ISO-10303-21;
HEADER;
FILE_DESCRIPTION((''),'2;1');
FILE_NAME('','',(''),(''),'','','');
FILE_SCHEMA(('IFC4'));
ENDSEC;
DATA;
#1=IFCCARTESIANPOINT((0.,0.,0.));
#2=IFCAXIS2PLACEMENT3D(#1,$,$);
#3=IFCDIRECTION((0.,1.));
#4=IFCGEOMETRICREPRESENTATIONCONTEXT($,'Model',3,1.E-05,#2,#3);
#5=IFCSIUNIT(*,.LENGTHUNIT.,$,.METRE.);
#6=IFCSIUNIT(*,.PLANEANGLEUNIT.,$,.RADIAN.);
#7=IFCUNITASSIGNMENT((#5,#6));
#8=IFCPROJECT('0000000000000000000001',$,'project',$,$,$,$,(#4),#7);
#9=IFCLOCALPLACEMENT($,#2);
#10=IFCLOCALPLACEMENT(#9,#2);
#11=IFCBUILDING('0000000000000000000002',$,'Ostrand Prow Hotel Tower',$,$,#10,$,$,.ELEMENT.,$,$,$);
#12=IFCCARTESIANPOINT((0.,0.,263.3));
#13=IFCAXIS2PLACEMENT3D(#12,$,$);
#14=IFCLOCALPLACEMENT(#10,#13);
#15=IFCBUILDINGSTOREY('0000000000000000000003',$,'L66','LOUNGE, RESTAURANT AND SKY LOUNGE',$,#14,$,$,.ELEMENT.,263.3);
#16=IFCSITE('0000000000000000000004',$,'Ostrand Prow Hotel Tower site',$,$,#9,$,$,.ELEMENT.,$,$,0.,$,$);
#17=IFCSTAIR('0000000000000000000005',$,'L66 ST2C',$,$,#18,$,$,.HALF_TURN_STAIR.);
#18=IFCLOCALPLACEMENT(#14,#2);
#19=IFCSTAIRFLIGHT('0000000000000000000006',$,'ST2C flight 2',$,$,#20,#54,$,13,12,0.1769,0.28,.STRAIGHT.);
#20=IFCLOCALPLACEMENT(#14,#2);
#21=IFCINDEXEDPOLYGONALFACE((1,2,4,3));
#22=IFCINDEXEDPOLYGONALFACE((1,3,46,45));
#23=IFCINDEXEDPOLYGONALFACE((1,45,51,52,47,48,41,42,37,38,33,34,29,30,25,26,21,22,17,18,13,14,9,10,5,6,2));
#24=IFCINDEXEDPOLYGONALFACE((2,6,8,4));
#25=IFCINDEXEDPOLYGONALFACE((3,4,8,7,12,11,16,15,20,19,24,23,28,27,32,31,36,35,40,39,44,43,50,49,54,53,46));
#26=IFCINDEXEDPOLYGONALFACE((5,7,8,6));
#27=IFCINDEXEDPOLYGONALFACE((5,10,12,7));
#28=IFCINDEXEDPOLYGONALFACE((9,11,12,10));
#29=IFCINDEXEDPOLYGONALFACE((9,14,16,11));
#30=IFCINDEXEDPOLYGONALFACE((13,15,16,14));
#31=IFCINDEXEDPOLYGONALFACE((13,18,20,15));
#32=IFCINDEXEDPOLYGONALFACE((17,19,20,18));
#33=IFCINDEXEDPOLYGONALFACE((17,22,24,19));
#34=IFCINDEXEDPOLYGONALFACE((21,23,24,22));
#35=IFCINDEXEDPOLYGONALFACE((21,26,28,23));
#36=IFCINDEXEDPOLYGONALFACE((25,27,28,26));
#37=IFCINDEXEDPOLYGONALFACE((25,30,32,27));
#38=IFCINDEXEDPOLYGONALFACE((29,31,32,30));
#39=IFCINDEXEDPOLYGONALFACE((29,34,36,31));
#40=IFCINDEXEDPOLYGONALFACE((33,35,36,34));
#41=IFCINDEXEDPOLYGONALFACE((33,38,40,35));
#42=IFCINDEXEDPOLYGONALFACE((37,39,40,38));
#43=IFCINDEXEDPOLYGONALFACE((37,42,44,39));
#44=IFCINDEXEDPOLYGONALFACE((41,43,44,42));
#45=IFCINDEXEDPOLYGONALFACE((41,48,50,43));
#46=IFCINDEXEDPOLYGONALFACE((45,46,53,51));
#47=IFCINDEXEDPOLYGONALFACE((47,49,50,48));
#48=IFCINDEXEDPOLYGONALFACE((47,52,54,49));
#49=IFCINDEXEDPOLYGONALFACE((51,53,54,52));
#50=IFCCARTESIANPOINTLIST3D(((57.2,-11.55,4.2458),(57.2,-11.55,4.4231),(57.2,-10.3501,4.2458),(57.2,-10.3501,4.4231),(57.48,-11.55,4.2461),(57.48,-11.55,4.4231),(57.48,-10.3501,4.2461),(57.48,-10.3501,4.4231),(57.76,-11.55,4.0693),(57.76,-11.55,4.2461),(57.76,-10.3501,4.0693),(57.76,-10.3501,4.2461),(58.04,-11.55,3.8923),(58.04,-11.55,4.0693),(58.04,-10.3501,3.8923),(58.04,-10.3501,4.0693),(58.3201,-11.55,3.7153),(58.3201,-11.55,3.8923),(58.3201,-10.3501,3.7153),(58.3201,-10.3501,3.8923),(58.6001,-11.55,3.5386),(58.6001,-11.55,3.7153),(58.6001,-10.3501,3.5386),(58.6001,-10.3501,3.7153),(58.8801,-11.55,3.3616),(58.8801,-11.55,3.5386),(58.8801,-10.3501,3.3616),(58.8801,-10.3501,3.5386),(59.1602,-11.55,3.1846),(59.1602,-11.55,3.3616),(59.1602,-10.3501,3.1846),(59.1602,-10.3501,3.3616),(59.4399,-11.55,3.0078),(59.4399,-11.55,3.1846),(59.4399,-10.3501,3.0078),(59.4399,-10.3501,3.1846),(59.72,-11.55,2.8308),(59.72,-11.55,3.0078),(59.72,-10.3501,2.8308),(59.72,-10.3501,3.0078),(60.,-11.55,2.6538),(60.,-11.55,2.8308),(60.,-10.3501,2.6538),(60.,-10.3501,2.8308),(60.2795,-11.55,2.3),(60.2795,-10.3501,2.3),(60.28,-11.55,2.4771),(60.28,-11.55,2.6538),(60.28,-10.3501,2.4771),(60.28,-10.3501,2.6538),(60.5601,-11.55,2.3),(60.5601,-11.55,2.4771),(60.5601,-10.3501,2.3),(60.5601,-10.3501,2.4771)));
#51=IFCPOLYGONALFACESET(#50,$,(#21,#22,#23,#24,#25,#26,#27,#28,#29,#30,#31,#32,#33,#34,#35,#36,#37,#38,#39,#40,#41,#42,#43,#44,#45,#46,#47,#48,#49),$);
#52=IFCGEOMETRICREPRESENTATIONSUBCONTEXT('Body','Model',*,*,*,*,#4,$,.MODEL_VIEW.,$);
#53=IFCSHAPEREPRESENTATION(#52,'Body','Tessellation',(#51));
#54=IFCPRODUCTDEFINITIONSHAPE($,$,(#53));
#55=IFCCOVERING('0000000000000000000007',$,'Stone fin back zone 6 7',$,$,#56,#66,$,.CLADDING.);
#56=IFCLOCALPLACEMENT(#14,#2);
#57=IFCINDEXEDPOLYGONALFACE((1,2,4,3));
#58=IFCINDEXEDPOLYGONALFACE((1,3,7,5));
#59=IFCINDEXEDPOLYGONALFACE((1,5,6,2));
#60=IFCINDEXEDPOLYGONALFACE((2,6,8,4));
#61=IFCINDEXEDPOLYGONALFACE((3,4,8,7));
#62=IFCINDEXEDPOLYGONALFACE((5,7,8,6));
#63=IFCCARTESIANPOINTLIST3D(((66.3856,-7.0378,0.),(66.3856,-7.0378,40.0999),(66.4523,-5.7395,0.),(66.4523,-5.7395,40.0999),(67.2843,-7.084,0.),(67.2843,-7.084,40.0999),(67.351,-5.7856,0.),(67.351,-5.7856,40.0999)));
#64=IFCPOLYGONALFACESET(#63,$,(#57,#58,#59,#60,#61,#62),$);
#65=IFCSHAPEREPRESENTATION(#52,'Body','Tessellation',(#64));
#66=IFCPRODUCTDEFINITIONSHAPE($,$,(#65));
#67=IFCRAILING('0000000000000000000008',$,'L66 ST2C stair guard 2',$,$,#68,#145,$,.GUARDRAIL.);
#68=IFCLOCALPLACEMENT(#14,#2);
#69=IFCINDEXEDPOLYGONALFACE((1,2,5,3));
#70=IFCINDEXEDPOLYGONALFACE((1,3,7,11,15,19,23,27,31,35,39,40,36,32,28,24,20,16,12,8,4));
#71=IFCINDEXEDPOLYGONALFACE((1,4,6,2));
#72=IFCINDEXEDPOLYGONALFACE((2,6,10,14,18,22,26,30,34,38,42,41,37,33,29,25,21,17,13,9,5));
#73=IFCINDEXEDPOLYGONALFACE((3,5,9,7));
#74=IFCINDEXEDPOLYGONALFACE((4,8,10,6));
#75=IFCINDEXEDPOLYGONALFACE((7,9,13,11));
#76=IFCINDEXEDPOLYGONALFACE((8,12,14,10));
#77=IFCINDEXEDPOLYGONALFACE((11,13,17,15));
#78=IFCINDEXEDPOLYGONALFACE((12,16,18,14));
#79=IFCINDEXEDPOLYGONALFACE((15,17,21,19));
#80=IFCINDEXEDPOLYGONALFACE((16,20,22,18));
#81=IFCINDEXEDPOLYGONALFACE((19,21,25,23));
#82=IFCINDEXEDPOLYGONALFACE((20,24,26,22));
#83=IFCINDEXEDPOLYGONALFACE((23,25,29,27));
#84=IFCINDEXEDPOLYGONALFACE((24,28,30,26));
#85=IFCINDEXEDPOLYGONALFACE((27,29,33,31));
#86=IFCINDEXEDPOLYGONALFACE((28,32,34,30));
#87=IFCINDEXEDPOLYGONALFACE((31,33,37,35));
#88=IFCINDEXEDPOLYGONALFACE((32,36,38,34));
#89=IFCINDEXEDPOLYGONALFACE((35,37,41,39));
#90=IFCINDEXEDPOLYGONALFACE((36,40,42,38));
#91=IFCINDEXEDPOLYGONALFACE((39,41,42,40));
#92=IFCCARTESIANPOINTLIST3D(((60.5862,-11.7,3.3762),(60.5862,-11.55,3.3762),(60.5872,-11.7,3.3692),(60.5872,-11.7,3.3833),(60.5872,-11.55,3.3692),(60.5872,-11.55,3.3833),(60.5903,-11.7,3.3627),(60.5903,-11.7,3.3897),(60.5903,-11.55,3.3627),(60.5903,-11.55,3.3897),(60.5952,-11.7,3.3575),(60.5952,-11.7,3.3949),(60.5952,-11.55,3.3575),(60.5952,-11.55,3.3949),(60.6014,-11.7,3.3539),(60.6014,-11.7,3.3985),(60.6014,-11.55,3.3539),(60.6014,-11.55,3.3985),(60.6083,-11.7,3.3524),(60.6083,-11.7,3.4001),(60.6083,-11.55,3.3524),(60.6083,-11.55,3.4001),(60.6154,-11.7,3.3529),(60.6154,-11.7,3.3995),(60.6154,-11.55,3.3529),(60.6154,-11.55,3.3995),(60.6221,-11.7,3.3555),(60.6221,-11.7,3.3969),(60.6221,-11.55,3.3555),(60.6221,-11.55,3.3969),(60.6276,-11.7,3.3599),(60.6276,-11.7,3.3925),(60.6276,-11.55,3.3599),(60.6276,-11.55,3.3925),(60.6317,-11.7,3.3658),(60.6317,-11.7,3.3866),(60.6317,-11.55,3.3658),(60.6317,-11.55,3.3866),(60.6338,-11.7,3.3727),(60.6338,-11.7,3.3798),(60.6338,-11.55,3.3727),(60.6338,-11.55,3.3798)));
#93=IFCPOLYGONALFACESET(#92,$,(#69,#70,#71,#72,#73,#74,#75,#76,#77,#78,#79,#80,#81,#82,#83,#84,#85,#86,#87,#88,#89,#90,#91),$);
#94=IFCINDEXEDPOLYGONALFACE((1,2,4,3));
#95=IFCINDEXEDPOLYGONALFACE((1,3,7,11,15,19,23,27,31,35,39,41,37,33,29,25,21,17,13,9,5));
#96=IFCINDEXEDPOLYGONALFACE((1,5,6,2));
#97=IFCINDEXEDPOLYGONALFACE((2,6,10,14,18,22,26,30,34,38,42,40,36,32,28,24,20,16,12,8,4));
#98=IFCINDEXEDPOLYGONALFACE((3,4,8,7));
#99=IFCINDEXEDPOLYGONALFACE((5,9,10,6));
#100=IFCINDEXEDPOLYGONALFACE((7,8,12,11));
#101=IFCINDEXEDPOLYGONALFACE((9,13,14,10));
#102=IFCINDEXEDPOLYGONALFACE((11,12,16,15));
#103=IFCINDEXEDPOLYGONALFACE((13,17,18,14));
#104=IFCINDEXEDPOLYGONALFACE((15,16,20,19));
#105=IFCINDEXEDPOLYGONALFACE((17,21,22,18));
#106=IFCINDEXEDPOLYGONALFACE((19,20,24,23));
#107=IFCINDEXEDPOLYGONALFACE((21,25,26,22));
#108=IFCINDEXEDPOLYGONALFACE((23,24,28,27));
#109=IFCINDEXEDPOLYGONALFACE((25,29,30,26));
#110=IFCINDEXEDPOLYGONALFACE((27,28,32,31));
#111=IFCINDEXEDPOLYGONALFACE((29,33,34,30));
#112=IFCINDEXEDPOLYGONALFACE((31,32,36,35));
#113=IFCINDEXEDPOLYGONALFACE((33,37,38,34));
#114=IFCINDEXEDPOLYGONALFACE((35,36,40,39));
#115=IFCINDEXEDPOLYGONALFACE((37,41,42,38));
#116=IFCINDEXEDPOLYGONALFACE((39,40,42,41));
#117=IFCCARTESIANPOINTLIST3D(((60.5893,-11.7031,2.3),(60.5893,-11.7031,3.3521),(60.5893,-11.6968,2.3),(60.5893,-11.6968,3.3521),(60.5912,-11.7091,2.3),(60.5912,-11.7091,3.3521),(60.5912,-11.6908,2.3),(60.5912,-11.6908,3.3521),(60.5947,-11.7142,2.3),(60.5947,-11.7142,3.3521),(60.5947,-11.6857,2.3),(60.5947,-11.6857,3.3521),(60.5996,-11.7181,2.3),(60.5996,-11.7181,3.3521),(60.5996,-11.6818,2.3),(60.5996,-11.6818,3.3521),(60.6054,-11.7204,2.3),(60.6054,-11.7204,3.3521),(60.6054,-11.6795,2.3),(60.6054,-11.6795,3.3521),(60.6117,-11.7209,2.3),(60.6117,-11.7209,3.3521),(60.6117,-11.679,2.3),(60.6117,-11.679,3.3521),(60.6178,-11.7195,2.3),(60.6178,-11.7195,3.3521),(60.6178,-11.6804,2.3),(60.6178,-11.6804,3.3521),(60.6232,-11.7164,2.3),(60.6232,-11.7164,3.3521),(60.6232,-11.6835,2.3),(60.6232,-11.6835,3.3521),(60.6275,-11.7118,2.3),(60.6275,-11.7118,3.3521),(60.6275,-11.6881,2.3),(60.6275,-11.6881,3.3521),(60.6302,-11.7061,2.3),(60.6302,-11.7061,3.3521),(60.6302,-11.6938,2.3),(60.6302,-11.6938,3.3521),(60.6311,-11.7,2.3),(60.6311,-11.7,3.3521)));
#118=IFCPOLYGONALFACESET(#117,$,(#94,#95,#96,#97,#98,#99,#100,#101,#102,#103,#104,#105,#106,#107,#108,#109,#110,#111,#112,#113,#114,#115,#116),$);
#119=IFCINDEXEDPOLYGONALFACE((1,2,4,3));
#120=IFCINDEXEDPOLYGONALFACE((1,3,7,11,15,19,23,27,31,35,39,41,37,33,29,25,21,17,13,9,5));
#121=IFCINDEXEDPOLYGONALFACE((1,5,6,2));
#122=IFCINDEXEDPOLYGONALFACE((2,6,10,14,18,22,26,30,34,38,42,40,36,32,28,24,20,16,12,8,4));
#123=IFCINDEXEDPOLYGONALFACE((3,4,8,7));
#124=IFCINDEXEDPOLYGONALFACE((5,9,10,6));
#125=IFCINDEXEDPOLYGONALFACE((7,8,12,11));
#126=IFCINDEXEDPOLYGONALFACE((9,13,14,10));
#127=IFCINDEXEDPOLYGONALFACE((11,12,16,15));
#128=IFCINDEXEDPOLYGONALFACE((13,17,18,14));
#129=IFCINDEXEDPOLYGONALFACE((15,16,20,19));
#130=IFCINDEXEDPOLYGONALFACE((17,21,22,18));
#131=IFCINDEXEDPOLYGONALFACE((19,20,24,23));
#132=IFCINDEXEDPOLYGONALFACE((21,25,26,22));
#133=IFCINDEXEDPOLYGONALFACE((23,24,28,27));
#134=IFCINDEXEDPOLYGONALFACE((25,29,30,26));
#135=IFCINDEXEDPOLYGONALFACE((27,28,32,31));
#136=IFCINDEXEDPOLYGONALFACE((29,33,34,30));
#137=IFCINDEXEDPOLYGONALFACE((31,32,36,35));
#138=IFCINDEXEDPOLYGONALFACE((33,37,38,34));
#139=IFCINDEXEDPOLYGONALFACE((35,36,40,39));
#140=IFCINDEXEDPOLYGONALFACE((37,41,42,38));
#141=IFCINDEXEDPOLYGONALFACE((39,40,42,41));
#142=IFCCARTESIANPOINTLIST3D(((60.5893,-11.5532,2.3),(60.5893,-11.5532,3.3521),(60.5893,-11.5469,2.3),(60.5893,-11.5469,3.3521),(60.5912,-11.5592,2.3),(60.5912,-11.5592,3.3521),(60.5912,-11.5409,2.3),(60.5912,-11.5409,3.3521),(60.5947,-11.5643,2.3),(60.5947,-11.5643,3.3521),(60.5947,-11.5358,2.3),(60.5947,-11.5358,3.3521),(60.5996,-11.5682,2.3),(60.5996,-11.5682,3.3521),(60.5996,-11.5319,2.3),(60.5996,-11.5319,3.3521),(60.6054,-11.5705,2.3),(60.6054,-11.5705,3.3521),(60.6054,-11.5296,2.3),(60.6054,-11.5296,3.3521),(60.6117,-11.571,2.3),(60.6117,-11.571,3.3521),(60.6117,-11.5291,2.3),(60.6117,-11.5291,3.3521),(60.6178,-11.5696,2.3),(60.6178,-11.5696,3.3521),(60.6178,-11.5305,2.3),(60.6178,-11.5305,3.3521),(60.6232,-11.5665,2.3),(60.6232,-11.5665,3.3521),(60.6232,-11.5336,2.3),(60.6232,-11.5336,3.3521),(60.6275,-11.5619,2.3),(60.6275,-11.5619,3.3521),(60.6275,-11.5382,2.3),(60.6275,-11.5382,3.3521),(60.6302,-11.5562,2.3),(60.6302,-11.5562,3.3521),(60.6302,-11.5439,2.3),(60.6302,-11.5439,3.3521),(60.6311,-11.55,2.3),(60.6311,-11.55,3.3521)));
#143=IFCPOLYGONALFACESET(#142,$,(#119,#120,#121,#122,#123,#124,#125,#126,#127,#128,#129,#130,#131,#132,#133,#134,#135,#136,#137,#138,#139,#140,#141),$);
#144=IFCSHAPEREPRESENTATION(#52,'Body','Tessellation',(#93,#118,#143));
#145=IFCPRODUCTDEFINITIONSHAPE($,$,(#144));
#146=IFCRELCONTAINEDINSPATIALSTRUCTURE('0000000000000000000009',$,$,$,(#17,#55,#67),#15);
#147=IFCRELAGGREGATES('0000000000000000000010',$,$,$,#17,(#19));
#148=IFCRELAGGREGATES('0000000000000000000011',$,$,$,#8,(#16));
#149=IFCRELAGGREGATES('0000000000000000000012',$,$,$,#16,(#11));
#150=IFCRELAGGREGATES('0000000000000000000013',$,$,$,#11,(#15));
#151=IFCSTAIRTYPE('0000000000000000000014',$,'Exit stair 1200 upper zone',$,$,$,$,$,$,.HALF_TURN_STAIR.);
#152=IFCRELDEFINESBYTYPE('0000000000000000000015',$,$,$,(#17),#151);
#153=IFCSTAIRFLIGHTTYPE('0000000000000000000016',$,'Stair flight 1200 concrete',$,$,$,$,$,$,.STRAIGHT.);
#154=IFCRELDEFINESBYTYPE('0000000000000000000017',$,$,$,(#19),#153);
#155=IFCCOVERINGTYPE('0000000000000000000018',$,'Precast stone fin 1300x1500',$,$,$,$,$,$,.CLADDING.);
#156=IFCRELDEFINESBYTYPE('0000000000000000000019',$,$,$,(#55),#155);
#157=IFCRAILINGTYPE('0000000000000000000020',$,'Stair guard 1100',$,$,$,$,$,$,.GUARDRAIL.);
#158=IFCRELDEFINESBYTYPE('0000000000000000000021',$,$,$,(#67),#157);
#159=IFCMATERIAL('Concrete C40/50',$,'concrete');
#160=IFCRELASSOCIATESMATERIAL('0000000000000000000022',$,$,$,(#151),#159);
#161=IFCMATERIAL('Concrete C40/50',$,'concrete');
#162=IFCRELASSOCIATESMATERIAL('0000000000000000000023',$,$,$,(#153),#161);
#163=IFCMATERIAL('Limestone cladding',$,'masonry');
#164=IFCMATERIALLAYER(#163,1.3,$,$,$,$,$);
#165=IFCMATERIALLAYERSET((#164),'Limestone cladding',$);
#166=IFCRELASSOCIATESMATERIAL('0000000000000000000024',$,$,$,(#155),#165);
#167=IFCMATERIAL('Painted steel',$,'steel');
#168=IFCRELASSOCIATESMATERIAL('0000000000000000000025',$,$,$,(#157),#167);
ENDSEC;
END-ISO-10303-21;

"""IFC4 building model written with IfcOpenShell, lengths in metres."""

from ifc_helpers import new_model, si_unit, direction, frame, frame_2d, origin, origin_2d, place, context, subcontext, project, spatial, polyline, rectangle, circle, outline, extrude, material, layer, layer_set, type_object, element, aggregate, save


model = new_model("IFC4")

# Units and contexts
model_context = context("Model", 3, precision=1e-05, world=origin(), true_north=direction((0.0, 1.0)))
body_context = subcontext(model_context, "Body", "Model", "MODEL_VIEW")
ifc_project = project(units=[si_unit("LENGTHUNIT", "METRE"), si_unit("PLANEANGLEUNIT", "RADIAN")], contexts=[model_context])

# Site, building, storey
site_placement = place(None, origin())
site = spatial("IfcSite", under=ifc_project, at=site_placement, Name="Ostrand Prow Hotel Tower site", CompositionType="ELEMENT", RefElevation=0.0)
building_placement = place(site_placement, origin())
building = spatial("IfcBuilding", under=site, at=building_placement, Name="Ostrand Prow Hotel Tower", CompositionType="ELEMENT")
storey_placement = place(building_placement, frame((0.0, 0.0, 263.3)))
storey = spatial("IfcBuildingStorey", under=building, at=storey_placement, Name="L66", Description="LOUNGE, RESTAURANT AND SKY LOUNGE", CompositionType="ELEMENT", Elevation=263.3)

# Stair, stair flight
ifc_material_1 = material(Name="Concrete C40/50", Category="concrete")
stair_type = type_object("IfcStairType", Name="Exit stair 1200 upper zone", PredefinedType="HALF_TURN_STAIR", material=ifc_material_1)
stair_placement = place(storey_placement, origin())
stair = element("IfcStair", 1, at=stair_placement, inside=storey, type_object=stair_type, Name="L66 ST2C", PredefinedType="HALF_TURN_STAIR")
ifc_material_2 = material(Name="Concrete C40/50", Category="concrete")
stair_flight_type = type_object("IfcStairFlightType", Name="Stair flight 1200 concrete", PredefinedType="STRAIGHT", material=ifc_material_2)
stair_flight_placement = place(storey_placement, frame((60.5601, -10.95, 2.3), z_axis=(0.0, 0.0, 1.0), x_axis=(-1.0, 0.0, 0.0)))
stair_flight = element("IfcStairFlight", 2, at=stair_flight_placement, type_object=stair_flight_type, Name="ST2C flight 2", NumberOfRisers=13, NumberOfTreads=12, PredefinedType="STRAIGHT", RiserHeight=0.1769, TreadLength=0.28, context=body_context, shape_type="SweptSolid", body=[
    extrude(outline(polyline([(0.0, 0.0), (0.0, 0.177), (0.28, 0.177), (0.28, 0.3538), (0.5601, 0.3538), (0.5601, 0.5308), (0.8401, 0.5308), (0.8401, 0.7078), (1.1201, 0.7078), (1.1201, 0.8845), (1.3999, 0.8845), (1.3999, 1.0615), (1.6799, 1.0615), (1.6799, 1.2385), (1.96, 1.2385), (1.96, 1.4153), (2.24, 1.4153), (2.24, 1.5923), (2.52, 1.5923), (2.52, 1.7693), (2.8, 1.7693), (2.8, 1.946), (3.0801, 1.946), (3.0801, 2.123), (3.3601, 2.123), (3.3601, 2.3), (3.3601, 1.9458), (0.2805, 0.0), (0.0, 0.0)])), frame((0.0, 0.6001, 0.0), z_axis=(0.0, -1.0, 0.0), x_axis=(1.0, 0.0, 0.0)), (0.0, 0.0, 1.0), 1.2),
])
aggregate(stair, [stair_flight])

# Covering
ifc_material_3 = material(Name="Limestone cladding", Category="masonry")
ifc_layer_1 = layer(ifc_material_3, 1.3)
ifc_layer_set_1 = layer_set([ifc_layer_1], Name="Limestone cladding")
covering_type = type_object("IfcCoveringType", Name="Precast stone fin 1300x1500", PredefinedType="CLADDING", material=ifc_layer_set_1)
covering_placement = place(storey_placement, frame((66.4189, -6.3887, 0.0), z_axis=(0.0, 0.0, 1.0), x_axis=(0.998684, -0.051277, 0.0)))
element("IfcCovering", 3, at=covering_placement, inside=storey, type_object=covering_type, Name="Stone fin back zone 6 7", PredefinedType="CLADDING", context=body_context, shape_type="SweptSolid", body=[
    extrude(rectangle(XDim=0.8999, YDim=1.3, at=frame_2d((0.45, 0.0))), origin(), (0.0, 0.0, 1.0), 40.0999),
])

# Railing
ifc_material_4 = material(Name="Painted steel", Category="steel")
railing_type_1 = type_object("IfcRailingType", Name="Stair guard 1100", PredefinedType="GUARDRAIL", material=ifc_material_4)
railing_1_placement = place(storey_placement, frame((60.6101, -11.7, 2.3)))
element("IfcRailing", 4, at=railing_1_placement, inside=storey, type_object=railing_type_1, Name="L66 ST2C stair guard 2", PredefinedType="GUARDRAIL", context=body_context, shape_type="SweptSolid", body=[
    extrude(circle(Radius=0.0239, at=origin_2d()), frame((0.0, 0.0, 1.0762), z_axis=(0.0, 1.0, 0.0), x_axis=(-1.0, 0.0, 0.0)), (0.0, 0.0, 1.0), 0.1499),
    extrude(circle(Radius=0.021, at=origin_2d()), origin(), (0.0, 0.0, 1.0), 1.052),
    extrude(circle(Radius=0.021, at=origin_2d()), frame((0.0, 0.1499, 0.0)), (0.0, 0.0, 1.0), 1.052),
])

save(model, "model.ifc")
